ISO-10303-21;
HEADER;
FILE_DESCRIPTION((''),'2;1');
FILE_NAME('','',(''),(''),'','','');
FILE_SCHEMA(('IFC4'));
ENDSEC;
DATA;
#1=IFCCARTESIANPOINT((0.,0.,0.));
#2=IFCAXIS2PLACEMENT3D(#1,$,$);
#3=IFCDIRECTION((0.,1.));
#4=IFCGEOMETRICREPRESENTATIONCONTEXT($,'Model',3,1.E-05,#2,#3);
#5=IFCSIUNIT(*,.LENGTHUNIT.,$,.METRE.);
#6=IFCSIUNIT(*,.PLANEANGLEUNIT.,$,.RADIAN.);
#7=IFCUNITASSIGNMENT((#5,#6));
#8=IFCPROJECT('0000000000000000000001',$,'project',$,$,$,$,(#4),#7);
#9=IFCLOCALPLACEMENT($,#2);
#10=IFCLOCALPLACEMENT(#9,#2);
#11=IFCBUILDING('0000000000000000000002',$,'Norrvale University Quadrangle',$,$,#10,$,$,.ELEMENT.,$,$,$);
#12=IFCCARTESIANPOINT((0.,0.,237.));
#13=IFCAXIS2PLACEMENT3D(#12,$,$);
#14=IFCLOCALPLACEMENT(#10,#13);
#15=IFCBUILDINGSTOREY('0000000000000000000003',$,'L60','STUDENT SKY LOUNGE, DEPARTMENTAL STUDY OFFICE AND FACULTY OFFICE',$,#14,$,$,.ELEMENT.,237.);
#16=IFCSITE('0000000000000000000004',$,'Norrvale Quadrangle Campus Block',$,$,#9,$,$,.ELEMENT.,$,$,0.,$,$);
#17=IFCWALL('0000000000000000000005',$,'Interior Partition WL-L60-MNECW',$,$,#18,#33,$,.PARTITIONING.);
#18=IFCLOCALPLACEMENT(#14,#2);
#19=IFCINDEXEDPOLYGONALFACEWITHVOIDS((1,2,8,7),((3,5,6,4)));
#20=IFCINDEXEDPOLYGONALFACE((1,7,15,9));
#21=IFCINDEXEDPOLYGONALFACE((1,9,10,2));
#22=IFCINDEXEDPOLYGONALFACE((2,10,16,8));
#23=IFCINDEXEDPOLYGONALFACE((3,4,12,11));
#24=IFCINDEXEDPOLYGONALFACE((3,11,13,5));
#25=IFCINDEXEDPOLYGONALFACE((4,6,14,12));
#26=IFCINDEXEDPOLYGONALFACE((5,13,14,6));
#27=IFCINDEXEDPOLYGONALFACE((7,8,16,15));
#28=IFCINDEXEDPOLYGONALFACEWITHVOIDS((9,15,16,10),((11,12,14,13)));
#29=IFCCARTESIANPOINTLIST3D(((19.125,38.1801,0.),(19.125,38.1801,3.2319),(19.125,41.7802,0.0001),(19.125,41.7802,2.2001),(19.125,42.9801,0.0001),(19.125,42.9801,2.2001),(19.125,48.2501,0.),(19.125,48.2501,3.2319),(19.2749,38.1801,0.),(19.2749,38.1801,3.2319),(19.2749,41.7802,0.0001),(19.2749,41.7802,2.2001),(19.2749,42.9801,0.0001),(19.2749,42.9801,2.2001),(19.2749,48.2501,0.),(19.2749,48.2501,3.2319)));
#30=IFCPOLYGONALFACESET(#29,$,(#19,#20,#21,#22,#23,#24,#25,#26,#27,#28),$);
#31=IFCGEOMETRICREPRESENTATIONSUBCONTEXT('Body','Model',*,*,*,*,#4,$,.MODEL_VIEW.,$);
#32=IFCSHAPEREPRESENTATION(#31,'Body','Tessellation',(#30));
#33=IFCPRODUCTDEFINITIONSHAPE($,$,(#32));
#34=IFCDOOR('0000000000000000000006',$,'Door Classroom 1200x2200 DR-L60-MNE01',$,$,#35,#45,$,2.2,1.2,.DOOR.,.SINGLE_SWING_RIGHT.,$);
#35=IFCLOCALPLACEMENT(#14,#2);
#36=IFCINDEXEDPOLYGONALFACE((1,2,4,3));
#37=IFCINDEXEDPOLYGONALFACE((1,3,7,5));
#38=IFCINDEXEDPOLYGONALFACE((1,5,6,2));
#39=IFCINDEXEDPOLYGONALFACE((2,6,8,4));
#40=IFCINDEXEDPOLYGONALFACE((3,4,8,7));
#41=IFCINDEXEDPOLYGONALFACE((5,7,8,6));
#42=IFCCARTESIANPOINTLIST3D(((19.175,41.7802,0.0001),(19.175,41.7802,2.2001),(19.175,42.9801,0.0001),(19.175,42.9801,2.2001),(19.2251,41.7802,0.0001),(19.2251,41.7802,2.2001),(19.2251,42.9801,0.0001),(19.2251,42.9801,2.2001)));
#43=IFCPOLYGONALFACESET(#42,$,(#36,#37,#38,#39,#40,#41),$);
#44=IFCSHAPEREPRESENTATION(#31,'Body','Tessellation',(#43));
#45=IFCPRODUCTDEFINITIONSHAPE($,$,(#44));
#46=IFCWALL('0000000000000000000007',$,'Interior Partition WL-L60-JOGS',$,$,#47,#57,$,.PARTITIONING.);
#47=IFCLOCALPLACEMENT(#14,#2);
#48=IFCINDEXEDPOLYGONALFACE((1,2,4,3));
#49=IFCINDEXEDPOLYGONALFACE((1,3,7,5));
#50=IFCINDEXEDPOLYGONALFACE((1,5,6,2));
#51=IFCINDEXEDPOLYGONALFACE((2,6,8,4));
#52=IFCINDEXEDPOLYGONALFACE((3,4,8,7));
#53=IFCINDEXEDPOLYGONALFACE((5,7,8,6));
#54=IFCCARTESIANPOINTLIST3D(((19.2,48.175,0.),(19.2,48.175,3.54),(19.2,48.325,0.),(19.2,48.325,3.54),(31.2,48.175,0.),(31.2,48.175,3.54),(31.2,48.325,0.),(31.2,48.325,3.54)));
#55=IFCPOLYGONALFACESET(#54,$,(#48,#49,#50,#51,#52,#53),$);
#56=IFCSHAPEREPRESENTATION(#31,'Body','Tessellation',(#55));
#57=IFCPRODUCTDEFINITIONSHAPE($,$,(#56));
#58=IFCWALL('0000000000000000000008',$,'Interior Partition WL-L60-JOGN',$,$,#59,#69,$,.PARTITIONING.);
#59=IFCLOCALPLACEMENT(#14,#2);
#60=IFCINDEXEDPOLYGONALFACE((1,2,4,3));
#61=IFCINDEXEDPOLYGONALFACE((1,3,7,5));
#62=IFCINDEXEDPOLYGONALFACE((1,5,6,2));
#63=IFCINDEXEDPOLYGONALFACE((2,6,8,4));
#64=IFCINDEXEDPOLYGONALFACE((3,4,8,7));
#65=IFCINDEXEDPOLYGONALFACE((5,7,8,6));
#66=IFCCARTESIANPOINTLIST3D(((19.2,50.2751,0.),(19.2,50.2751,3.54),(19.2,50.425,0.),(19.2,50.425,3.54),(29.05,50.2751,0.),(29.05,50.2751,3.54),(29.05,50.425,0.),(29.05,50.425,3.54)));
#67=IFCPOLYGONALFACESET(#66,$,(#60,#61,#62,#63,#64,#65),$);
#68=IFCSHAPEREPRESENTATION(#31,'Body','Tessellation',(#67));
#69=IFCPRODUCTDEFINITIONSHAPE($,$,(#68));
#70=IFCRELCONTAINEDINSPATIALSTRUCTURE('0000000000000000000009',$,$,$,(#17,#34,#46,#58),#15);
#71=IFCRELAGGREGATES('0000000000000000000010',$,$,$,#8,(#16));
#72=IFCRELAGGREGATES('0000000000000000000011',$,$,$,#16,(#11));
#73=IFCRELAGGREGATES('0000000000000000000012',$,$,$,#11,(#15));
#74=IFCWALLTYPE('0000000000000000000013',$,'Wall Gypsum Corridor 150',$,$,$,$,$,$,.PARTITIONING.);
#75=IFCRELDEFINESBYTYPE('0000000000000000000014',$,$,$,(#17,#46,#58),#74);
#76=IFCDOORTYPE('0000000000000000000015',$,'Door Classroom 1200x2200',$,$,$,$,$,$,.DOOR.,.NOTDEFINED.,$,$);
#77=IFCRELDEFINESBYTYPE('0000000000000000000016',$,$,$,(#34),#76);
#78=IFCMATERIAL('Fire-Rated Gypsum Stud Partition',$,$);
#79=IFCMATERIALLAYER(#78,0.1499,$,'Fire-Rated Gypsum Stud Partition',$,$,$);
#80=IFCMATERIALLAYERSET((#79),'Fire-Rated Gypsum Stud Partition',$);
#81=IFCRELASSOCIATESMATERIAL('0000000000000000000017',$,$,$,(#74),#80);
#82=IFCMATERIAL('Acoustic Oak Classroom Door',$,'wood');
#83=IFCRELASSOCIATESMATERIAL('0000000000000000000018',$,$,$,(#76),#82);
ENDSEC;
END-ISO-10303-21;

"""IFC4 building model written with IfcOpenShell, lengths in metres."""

from ifc_helpers import new_model, si_unit, direction, frame, frame_2d, origin, place, context, subcontext, project, spatial, rectangle, extrude, material, layer, layer_set, type_object, element, fill, save


model = new_model("IFC4")

# Units and contexts
model_context = context("Model", 3, precision=1e-05, world=origin(), true_north=direction((0.0, 1.0)))
body_context = subcontext(model_context, "Body", "Model", "MODEL_VIEW")
ifc_project = project(units=[si_unit("LENGTHUNIT", "METRE"), si_unit("PLANEANGLEUNIT", "RADIAN")], contexts=[model_context])

# Site, building, storey
site_placement = place(None, origin())
site = spatial("IfcSite", under=ifc_project, at=site_placement, Name="Norrvale Quadrangle Campus Block", CompositionType="ELEMENT", RefElevation=0.0)
building_placement = place(site_placement, origin())
building = spatial("IfcBuilding", under=site, at=building_placement, Name="Norrvale University Quadrangle", CompositionType="ELEMENT")
storey_placement = place(building_placement, frame((0.0, 0.0, 237.0)))
storey = spatial("IfcBuildingStorey", under=building, at=storey_placement, Name="L60", Description="STUDENT SKY LOUNGE, DEPARTMENTAL STUDY OFFICE AND FACULTY OFFICE", CompositionType="ELEMENT", Elevation=237.0)

# Shared definitions
ifc_material_1 = material(Name="Fire-Rated Gypsum Stud Partition")
ifc_layer_1 = layer(ifc_material_1, 0.1499, Name="Fire-Rated Gypsum Stud Partition")
ifc_layer_set_1 = layer_set([ifc_layer_1], Name="Fire-Rated Gypsum Stud Partition")
wall_type_1 = type_object("IfcWallType", Name="Wall Gypsum Corridor 150", PredefinedType="PARTITIONING", material=ifc_layer_set_1)

# Wall, opening, door
wall_1_placement = place(storey_placement, frame((19.2, 38.1799, 0.0), z_axis=(0.0, 0.0, 1.0), x_axis=(0.0, 1.0, 0.0)))
wall_1 = element("IfcWall", 1, at=wall_1_placement, inside=storey, type_object=wall_type_1, Name="Interior Partition WL-L60-MNECW", PredefinedType="PARTITIONING", context=body_context, shape_type="SweptSolid", body=[
    extrude(rectangle(XDim=10.0701, YDim=0.1499, at=frame_2d((5.0352, 0.0))), origin(), (0.0, 0.0, 1.0), 3.2319),
])
opening_placement = place(wall_1_placement, frame((3.6001, 0.0, 0.0)))
opening = element("IfcOpeningElement", 2, at=opening_placement, cuts=wall_1, PredefinedType="OPENING", context=body_context, shape_type="SweptSolid", body=[
    extrude(rectangle(XDim=1.2, YDim=2.2, at=frame_2d((0.6001, 1.1001))), frame((0.0, 0.0869, 0.0), z_axis=(0.0, -1.0, 0.0), x_axis=(1.0, 0.0, 0.0)), (0.0, 0.0, 1.0), 0.1738),
])
ifc_material_2 = material(Name="Acoustic Oak Classroom Door", Category="wood")
door_type = type_object("IfcDoorType", Name="Door Classroom 1200x2200", OperationType="NOTDEFINED", PredefinedType="DOOR", material=ifc_material_2)
door_placement = place(opening_placement, origin())
door = element("IfcDoor", 3, at=door_placement, inside=storey, type_object=door_type, Name="Door Classroom 1200x2200 DR-L60-MNE01", OperationType="SINGLE_SWING_RIGHT", OverallHeight=2.2, OverallWidth=1.2, PredefinedType="DOOR", context=body_context, shape_type="SweptSolid", body=[
    extrude(rectangle(XDim=1.2, YDim=2.2, at=frame_2d((0.6001, 1.1001))), frame((0.0, 0.0249, 0.0), z_axis=(0.0, -1.0, 0.0), x_axis=(1.0, 0.0, 0.0)), (0.0, 0.0, 1.0), 0.05),
])
fill(opening, door)

# Walls
wall_2_placement = place(storey_placement, frame((19.2, 48.25, 0.0), z_axis=(0.0, 0.0, 1.0), x_axis=(1.0, 0.0, 0.0)))
element("IfcWall", 4, at=wall_2_placement, inside=storey, type_object=wall_type_1, Name="Interior Partition WL-L60-JOGS", PredefinedType="PARTITIONING", context=body_context, shape_type="SweptSolid", body=[
    extrude(rectangle(XDim=12.0, YDim=0.1499, at=frame_2d((6.0, 0.0))), origin(), (0.0, 0.0, 1.0), 3.54),
])
wall_3_placement = place(storey_placement, frame((19.2, 50.3501, 0.0), z_axis=(0.0, 0.0, 1.0), x_axis=(1.0, 0.0, 0.0)))
element("IfcWall", 5, at=wall_3_placement, inside=storey, type_object=wall_type_1, Name="Interior Partition WL-L60-JOGN", PredefinedType="PARTITIONING", context=body_context, shape_type="SweptSolid", body=[
    extrude(rectangle(XDim=9.8501, YDim=0.1499, at=frame_2d((4.925, 0.0))), origin(), (0.0, 0.0, 1.0), 3.54),
])

save(model, "model.ifc")
